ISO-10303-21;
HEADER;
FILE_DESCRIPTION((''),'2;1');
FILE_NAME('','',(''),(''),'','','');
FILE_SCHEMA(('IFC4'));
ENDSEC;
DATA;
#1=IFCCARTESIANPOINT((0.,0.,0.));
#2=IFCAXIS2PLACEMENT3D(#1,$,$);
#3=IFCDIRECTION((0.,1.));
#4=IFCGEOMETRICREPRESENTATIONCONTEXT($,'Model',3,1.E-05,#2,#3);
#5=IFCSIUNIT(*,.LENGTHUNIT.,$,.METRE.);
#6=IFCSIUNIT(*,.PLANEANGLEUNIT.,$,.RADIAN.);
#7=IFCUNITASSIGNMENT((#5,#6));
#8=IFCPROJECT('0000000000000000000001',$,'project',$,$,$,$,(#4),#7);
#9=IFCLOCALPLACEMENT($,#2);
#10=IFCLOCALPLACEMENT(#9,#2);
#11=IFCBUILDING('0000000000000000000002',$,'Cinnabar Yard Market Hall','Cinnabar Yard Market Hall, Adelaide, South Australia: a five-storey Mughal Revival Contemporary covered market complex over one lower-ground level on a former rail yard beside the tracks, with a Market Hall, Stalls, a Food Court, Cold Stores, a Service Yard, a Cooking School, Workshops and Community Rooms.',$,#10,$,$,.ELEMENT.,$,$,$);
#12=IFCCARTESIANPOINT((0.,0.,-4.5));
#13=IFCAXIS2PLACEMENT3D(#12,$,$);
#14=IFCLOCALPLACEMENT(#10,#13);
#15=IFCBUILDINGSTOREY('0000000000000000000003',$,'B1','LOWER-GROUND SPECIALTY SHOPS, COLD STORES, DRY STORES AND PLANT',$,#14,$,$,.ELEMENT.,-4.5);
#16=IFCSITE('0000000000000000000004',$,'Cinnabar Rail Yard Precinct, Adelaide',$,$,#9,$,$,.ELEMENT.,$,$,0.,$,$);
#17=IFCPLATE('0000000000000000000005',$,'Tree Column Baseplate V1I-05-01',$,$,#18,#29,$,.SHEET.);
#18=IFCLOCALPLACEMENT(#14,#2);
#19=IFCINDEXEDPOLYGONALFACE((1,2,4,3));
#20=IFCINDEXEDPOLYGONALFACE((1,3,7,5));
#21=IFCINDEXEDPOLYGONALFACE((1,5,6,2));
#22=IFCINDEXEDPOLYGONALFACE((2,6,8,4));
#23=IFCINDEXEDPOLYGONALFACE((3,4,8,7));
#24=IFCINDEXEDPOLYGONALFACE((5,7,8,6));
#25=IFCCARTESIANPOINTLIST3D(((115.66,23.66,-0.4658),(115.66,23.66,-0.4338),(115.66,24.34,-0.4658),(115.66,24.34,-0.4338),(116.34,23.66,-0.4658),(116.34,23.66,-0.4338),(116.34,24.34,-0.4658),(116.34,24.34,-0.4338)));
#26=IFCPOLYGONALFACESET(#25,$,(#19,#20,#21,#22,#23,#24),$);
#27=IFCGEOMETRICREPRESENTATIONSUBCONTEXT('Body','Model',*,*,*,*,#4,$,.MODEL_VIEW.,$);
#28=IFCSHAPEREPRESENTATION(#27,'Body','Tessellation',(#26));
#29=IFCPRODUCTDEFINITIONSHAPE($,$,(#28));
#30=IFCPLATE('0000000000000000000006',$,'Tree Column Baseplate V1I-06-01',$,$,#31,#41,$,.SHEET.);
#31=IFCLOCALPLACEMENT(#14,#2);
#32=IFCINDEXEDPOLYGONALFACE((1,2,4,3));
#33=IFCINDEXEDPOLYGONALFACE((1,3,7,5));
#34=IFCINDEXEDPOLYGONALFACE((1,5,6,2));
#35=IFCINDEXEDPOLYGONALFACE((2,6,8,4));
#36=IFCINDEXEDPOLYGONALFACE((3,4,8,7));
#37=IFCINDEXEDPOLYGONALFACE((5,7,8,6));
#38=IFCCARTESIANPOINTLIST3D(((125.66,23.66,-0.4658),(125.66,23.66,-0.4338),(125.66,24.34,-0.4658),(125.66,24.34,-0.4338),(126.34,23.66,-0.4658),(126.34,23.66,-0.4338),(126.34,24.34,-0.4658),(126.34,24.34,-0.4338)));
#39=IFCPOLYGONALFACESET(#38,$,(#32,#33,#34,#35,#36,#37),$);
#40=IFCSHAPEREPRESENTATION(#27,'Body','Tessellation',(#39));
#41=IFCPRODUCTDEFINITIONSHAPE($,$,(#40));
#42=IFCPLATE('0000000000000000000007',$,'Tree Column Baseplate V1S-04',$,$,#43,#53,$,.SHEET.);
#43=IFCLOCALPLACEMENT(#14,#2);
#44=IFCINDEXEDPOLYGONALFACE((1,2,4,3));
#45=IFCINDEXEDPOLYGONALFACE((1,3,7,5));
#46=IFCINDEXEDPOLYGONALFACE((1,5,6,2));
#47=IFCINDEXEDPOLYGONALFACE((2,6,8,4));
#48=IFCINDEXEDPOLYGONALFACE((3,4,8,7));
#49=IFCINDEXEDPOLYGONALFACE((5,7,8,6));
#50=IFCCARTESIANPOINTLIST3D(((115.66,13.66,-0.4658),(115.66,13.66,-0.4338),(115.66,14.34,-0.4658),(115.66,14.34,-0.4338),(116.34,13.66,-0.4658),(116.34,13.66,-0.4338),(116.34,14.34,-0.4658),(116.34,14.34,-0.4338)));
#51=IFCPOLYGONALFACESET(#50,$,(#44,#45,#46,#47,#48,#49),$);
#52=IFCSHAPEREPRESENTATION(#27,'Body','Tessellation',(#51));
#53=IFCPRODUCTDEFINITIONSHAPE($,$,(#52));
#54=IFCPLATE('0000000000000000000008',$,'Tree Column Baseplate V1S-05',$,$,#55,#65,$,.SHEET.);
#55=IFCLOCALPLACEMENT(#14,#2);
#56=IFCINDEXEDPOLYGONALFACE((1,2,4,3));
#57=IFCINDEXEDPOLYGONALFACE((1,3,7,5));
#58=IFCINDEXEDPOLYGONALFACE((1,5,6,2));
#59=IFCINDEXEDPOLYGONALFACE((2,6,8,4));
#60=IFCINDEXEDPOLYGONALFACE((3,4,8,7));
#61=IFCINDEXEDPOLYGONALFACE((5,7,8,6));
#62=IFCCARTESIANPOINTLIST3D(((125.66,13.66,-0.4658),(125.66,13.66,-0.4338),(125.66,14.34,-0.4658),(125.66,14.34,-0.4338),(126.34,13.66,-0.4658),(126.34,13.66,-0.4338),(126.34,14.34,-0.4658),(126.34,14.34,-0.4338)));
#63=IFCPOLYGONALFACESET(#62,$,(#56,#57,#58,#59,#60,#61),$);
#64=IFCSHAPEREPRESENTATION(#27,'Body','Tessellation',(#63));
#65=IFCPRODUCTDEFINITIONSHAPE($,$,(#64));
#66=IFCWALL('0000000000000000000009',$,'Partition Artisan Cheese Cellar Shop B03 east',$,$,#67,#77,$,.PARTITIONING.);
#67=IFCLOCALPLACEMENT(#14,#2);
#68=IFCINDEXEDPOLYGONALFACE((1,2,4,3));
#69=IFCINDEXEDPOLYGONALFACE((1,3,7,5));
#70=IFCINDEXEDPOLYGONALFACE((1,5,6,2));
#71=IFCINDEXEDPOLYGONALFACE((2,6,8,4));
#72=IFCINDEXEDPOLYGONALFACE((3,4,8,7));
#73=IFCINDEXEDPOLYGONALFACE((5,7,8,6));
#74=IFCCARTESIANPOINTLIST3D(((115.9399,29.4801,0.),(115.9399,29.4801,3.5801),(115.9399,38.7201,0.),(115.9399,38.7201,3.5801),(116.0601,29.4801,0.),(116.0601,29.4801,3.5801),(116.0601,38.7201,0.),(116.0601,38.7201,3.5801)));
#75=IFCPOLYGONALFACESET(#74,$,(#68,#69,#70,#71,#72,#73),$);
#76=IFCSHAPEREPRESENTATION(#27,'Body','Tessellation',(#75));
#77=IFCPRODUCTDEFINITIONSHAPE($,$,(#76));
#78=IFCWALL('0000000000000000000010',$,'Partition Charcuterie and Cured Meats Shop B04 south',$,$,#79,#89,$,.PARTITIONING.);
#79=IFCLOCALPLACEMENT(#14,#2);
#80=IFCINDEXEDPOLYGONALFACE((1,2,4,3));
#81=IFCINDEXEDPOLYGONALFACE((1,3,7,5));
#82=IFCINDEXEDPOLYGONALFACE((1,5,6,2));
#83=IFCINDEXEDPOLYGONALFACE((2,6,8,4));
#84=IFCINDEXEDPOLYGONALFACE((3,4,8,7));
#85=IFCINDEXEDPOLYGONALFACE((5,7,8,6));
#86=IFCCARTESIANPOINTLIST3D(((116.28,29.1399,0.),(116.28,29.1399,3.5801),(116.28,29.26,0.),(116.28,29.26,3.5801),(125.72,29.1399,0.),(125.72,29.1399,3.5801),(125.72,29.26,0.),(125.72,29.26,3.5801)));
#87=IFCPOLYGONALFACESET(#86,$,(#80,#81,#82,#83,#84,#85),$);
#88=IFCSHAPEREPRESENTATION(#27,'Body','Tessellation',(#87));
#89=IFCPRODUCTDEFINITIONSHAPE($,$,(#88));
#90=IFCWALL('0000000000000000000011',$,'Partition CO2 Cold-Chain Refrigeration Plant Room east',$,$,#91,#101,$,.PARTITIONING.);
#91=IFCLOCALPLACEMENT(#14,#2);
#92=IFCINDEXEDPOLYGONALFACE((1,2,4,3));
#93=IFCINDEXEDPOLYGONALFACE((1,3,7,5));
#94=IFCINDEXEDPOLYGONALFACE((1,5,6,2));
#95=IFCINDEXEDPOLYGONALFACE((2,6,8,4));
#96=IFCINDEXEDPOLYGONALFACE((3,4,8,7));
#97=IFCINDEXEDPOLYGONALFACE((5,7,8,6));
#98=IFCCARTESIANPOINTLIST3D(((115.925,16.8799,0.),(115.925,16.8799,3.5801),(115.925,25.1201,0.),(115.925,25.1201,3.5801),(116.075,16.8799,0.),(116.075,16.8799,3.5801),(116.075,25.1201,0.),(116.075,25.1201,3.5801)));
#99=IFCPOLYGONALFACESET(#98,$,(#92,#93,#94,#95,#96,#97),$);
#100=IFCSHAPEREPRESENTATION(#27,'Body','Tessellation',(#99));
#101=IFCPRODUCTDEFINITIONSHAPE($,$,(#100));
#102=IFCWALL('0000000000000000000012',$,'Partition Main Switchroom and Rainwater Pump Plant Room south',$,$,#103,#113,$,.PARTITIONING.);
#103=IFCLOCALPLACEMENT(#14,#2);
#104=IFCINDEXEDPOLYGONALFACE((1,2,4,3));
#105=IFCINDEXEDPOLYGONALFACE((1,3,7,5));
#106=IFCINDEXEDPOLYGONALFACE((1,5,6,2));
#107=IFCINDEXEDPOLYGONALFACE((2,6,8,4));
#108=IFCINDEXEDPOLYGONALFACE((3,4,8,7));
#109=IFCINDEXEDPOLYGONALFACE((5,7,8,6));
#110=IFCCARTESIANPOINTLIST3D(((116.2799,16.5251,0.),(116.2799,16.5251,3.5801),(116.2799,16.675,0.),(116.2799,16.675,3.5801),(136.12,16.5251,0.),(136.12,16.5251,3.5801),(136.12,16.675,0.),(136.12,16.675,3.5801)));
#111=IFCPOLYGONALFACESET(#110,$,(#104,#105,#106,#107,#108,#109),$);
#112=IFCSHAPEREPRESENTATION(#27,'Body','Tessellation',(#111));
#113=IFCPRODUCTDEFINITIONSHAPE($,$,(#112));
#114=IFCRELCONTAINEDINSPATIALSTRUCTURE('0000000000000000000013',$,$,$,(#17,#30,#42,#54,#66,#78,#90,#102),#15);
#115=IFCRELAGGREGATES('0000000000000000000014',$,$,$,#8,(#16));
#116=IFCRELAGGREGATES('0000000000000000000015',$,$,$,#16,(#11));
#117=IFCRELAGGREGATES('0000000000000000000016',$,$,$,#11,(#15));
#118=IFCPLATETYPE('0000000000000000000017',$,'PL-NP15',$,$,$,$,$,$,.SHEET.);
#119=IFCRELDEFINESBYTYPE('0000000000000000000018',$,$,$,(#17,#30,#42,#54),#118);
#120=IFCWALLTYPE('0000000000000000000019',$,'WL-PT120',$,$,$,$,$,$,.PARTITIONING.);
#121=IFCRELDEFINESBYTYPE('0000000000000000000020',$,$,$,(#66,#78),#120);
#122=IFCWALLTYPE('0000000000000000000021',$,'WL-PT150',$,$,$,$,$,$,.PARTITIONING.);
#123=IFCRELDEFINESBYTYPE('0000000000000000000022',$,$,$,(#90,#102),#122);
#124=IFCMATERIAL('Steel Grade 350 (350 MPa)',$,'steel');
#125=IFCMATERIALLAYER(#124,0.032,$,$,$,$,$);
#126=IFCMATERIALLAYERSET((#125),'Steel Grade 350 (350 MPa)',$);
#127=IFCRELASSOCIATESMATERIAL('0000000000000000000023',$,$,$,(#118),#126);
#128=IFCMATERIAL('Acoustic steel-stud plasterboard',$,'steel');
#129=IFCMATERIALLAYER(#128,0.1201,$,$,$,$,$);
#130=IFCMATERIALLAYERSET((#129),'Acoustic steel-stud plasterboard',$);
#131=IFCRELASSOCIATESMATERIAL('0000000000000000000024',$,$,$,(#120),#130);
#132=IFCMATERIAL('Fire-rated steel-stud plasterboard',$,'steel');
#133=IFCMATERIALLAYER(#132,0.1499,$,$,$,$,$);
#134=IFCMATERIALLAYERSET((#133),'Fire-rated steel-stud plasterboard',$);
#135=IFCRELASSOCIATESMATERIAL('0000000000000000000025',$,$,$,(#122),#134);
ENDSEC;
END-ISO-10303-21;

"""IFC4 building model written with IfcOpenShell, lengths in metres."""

from ifc_helpers import new_model, si_unit, direction, frame, frame_2d, origin, origin_2d_with_axis, place, context, subcontext, project, spatial, rectangle, extrude, material, layer, layer_set, type_object, element, save


model = new_model("IFC4")

# Units and contexts
model_context = context("Model", 3, precision=1e-05, world=origin(), true_north=direction((0.0, 1.0)))
body_context = subcontext(model_context, "Body", "Model", "MODEL_VIEW")
ifc_project = project(units=[si_unit("LENGTHUNIT", "METRE"), si_unit("PLANEANGLEUNIT", "RADIAN")], contexts=[model_context])

# Site, building, storey
site_placement = place(None, origin())
site = spatial("IfcSite", under=ifc_project, at=site_placement, Name="Cinnabar Rail Yard Precinct, Adelaide", CompositionType="ELEMENT", RefElevation=0.0)
building_placement = place(site_placement, origin())
building = spatial("IfcBuilding", under=site, at=building_placement, Name="Cinnabar Yard Market Hall", Description="Cinnabar Yard Market Hall, Adelaide, South Australia: a five-storey Mughal Revival Contemporary covered market complex over one lower-ground level on a former rail yard beside the tracks, with a Market Hall, Stalls, a Food Court, Cold Stores, a Service Yard, a Cooking School, Workshops and Community Rooms.", CompositionType="ELEMENT")
storey_placement = place(building_placement, frame((0.0, 0.0, -4.5)))
storey = spatial("IfcBuildingStorey", under=building, at=storey_placement, Name="B1", Description="LOWER-GROUND SPECIALTY SHOPS, COLD STORES, DRY STORES AND PLANT", CompositionType="ELEMENT", Elevation=-4.5)

# Plates
ifc_material_1 = material(Name="Steel Grade 350 (350 MPa)", Category="steel")
ifc_layer_1 = layer(ifc_material_1, 0.032)
ifc_layer_set_1 = layer_set([ifc_layer_1], Name="Steel Grade 350 (350 MPa)")
plate_type = type_object("IfcPlateType", Name="PL-NP15", PredefinedType="SHEET", material=ifc_layer_set_1)
for number, where, z_axis, x_axis, name in (
    (1, (116.0, 24.0, -0.4658), (0.0, 0.0, 1.0), (1.0, 0.0, 0.0), "Tree Column Baseplate V1I-05-01"),
    (2, (126.0, 24.0, -0.4658), (0.0, 0.0, 1.0), (1.0, 0.0, 0.0), "Tree Column Baseplate V1I-06-01"),
    (3, (116.0, 14.0, -0.4658), (0.0, 0.0, 1.0), (1.0, 0.0, 0.0), "Tree Column Baseplate V1S-04"),
    (4, (126.0, 14.0, -0.4658), (0.0, 0.0, 1.0), (1.0, 0.0, 0.0), "Tree Column Baseplate V1S-05"),
):
    element("IfcPlate", number, at=place(storey_placement, frame(where, z_axis=z_axis, x_axis=x_axis)), inside=storey, type_object=plate_type, Name=name, PredefinedType="SHEET", context=body_context, shape_type="SweptSolid", body=[
        extrude(rectangle(XDim=0.6799, YDim=0.6799, at=origin_2d_with_axis()), origin(), (0.0, 0.0, 1.0), 0.032),
    ])

# Walls
ifc_material_2 = material(Name="Acoustic steel-stud plasterboard", Category="steel")
ifc_layer_2 = layer(ifc_material_2, 0.1201)
ifc_layer_set_2 = layer_set([ifc_layer_2], Name="Acoustic steel-stud plasterboard")
wall_type_1 = type_object("IfcWallType", Name="WL-PT120", PredefinedType="PARTITIONING", material=ifc_layer_set_2)
wall_1_placement = place(storey_placement, frame((116.0, 29.48, 0.0), z_axis=(0.0, 0.0, 1.0), x_axis=(0.0, 1.0, 0.0)))
element("IfcWall", 5, at=wall_1_placement, inside=storey, type_object=wall_type_1, Name="Partition Artisan Cheese Cellar Shop B03 east", PredefinedType="PARTITIONING", context=body_context, shape_type="SweptSolid", body=[
    extrude(rectangle(XDim=9.24, YDim=0.1201, at=frame_2d((4.6201, 0.0), x_axis=(1.0, 0.0))), origin(), (0.0, 0.0, 1.0), 3.5801),
])
wall_2_placement = place(storey_placement, frame((116.28, 29.2, 0.0), z_axis=(0.0, 0.0, 1.0), x_axis=(1.0, 0.0, 0.0)))
element("IfcWall", 6, at=wall_2_placement, inside=storey, type_object=wall_type_1, Name="Partition Charcuterie and Cured Meats Shop B04 south", PredefinedType="PARTITIONING", context=body_context, shape_type="SweptSolid", body=[
    extrude(rectangle(XDim=9.4399, YDim=0.1201, at=frame_2d((4.72, 0.0), x_axis=(1.0, 0.0))), origin(), (0.0, 0.0, 1.0), 3.5801),
])
ifc_material_3 = material(Name="Fire-rated steel-stud plasterboard", Category="steel")
ifc_layer_3 = layer(ifc_material_3, 0.1499)
ifc_layer_set_3 = layer_set([ifc_layer_3], Name="Fire-rated steel-stud plasterboard")
wall_type_2 = type_object("IfcWallType", Name="WL-PT150", PredefinedType="PARTITIONING", material=ifc_layer_set_3)
wall_3_placement = place(storey_placement, frame((116.0, 16.8799, 0.0), z_axis=(0.0, 0.0, 1.0), x_axis=(0.0, 1.0, 0.0)))
element("IfcWall", 7, at=wall_3_placement, inside=storey, type_object=wall_type_2, Name="Partition CO2 Cold-Chain Refrigeration Plant Room east", PredefinedType="PARTITIONING", context=body_context, shape_type="SweptSolid", body=[
    extrude(rectangle(XDim=8.2402, YDim=0.1499, at=frame_2d((4.1201, 0.0), x_axis=(1.0, 0.0))), origin(), (0.0, 0.0, 1.0), 3.5801),
])
wall_4_placement = place(storey_placement, frame((116.28, 16.6001, 0.0), z_axis=(0.0, 0.0, 1.0), x_axis=(1.0, 0.0, 0.0)))
element("IfcWall", 8, at=wall_4_placement, inside=storey, type_object=wall_type_2, Name="Partition Main Switchroom and Rainwater Pump Plant Room south", PredefinedType="PARTITIONING", context=body_context, shape_type="SweptSolid", body=[
    extrude(rectangle(XDim=19.8401, YDim=0.1499, at=frame_2d((9.9199, 0.0), x_axis=(1.0, 0.0))), origin(), (0.0, 0.0, 1.0), 3.5801),
])

save(model, "model.ifc")
